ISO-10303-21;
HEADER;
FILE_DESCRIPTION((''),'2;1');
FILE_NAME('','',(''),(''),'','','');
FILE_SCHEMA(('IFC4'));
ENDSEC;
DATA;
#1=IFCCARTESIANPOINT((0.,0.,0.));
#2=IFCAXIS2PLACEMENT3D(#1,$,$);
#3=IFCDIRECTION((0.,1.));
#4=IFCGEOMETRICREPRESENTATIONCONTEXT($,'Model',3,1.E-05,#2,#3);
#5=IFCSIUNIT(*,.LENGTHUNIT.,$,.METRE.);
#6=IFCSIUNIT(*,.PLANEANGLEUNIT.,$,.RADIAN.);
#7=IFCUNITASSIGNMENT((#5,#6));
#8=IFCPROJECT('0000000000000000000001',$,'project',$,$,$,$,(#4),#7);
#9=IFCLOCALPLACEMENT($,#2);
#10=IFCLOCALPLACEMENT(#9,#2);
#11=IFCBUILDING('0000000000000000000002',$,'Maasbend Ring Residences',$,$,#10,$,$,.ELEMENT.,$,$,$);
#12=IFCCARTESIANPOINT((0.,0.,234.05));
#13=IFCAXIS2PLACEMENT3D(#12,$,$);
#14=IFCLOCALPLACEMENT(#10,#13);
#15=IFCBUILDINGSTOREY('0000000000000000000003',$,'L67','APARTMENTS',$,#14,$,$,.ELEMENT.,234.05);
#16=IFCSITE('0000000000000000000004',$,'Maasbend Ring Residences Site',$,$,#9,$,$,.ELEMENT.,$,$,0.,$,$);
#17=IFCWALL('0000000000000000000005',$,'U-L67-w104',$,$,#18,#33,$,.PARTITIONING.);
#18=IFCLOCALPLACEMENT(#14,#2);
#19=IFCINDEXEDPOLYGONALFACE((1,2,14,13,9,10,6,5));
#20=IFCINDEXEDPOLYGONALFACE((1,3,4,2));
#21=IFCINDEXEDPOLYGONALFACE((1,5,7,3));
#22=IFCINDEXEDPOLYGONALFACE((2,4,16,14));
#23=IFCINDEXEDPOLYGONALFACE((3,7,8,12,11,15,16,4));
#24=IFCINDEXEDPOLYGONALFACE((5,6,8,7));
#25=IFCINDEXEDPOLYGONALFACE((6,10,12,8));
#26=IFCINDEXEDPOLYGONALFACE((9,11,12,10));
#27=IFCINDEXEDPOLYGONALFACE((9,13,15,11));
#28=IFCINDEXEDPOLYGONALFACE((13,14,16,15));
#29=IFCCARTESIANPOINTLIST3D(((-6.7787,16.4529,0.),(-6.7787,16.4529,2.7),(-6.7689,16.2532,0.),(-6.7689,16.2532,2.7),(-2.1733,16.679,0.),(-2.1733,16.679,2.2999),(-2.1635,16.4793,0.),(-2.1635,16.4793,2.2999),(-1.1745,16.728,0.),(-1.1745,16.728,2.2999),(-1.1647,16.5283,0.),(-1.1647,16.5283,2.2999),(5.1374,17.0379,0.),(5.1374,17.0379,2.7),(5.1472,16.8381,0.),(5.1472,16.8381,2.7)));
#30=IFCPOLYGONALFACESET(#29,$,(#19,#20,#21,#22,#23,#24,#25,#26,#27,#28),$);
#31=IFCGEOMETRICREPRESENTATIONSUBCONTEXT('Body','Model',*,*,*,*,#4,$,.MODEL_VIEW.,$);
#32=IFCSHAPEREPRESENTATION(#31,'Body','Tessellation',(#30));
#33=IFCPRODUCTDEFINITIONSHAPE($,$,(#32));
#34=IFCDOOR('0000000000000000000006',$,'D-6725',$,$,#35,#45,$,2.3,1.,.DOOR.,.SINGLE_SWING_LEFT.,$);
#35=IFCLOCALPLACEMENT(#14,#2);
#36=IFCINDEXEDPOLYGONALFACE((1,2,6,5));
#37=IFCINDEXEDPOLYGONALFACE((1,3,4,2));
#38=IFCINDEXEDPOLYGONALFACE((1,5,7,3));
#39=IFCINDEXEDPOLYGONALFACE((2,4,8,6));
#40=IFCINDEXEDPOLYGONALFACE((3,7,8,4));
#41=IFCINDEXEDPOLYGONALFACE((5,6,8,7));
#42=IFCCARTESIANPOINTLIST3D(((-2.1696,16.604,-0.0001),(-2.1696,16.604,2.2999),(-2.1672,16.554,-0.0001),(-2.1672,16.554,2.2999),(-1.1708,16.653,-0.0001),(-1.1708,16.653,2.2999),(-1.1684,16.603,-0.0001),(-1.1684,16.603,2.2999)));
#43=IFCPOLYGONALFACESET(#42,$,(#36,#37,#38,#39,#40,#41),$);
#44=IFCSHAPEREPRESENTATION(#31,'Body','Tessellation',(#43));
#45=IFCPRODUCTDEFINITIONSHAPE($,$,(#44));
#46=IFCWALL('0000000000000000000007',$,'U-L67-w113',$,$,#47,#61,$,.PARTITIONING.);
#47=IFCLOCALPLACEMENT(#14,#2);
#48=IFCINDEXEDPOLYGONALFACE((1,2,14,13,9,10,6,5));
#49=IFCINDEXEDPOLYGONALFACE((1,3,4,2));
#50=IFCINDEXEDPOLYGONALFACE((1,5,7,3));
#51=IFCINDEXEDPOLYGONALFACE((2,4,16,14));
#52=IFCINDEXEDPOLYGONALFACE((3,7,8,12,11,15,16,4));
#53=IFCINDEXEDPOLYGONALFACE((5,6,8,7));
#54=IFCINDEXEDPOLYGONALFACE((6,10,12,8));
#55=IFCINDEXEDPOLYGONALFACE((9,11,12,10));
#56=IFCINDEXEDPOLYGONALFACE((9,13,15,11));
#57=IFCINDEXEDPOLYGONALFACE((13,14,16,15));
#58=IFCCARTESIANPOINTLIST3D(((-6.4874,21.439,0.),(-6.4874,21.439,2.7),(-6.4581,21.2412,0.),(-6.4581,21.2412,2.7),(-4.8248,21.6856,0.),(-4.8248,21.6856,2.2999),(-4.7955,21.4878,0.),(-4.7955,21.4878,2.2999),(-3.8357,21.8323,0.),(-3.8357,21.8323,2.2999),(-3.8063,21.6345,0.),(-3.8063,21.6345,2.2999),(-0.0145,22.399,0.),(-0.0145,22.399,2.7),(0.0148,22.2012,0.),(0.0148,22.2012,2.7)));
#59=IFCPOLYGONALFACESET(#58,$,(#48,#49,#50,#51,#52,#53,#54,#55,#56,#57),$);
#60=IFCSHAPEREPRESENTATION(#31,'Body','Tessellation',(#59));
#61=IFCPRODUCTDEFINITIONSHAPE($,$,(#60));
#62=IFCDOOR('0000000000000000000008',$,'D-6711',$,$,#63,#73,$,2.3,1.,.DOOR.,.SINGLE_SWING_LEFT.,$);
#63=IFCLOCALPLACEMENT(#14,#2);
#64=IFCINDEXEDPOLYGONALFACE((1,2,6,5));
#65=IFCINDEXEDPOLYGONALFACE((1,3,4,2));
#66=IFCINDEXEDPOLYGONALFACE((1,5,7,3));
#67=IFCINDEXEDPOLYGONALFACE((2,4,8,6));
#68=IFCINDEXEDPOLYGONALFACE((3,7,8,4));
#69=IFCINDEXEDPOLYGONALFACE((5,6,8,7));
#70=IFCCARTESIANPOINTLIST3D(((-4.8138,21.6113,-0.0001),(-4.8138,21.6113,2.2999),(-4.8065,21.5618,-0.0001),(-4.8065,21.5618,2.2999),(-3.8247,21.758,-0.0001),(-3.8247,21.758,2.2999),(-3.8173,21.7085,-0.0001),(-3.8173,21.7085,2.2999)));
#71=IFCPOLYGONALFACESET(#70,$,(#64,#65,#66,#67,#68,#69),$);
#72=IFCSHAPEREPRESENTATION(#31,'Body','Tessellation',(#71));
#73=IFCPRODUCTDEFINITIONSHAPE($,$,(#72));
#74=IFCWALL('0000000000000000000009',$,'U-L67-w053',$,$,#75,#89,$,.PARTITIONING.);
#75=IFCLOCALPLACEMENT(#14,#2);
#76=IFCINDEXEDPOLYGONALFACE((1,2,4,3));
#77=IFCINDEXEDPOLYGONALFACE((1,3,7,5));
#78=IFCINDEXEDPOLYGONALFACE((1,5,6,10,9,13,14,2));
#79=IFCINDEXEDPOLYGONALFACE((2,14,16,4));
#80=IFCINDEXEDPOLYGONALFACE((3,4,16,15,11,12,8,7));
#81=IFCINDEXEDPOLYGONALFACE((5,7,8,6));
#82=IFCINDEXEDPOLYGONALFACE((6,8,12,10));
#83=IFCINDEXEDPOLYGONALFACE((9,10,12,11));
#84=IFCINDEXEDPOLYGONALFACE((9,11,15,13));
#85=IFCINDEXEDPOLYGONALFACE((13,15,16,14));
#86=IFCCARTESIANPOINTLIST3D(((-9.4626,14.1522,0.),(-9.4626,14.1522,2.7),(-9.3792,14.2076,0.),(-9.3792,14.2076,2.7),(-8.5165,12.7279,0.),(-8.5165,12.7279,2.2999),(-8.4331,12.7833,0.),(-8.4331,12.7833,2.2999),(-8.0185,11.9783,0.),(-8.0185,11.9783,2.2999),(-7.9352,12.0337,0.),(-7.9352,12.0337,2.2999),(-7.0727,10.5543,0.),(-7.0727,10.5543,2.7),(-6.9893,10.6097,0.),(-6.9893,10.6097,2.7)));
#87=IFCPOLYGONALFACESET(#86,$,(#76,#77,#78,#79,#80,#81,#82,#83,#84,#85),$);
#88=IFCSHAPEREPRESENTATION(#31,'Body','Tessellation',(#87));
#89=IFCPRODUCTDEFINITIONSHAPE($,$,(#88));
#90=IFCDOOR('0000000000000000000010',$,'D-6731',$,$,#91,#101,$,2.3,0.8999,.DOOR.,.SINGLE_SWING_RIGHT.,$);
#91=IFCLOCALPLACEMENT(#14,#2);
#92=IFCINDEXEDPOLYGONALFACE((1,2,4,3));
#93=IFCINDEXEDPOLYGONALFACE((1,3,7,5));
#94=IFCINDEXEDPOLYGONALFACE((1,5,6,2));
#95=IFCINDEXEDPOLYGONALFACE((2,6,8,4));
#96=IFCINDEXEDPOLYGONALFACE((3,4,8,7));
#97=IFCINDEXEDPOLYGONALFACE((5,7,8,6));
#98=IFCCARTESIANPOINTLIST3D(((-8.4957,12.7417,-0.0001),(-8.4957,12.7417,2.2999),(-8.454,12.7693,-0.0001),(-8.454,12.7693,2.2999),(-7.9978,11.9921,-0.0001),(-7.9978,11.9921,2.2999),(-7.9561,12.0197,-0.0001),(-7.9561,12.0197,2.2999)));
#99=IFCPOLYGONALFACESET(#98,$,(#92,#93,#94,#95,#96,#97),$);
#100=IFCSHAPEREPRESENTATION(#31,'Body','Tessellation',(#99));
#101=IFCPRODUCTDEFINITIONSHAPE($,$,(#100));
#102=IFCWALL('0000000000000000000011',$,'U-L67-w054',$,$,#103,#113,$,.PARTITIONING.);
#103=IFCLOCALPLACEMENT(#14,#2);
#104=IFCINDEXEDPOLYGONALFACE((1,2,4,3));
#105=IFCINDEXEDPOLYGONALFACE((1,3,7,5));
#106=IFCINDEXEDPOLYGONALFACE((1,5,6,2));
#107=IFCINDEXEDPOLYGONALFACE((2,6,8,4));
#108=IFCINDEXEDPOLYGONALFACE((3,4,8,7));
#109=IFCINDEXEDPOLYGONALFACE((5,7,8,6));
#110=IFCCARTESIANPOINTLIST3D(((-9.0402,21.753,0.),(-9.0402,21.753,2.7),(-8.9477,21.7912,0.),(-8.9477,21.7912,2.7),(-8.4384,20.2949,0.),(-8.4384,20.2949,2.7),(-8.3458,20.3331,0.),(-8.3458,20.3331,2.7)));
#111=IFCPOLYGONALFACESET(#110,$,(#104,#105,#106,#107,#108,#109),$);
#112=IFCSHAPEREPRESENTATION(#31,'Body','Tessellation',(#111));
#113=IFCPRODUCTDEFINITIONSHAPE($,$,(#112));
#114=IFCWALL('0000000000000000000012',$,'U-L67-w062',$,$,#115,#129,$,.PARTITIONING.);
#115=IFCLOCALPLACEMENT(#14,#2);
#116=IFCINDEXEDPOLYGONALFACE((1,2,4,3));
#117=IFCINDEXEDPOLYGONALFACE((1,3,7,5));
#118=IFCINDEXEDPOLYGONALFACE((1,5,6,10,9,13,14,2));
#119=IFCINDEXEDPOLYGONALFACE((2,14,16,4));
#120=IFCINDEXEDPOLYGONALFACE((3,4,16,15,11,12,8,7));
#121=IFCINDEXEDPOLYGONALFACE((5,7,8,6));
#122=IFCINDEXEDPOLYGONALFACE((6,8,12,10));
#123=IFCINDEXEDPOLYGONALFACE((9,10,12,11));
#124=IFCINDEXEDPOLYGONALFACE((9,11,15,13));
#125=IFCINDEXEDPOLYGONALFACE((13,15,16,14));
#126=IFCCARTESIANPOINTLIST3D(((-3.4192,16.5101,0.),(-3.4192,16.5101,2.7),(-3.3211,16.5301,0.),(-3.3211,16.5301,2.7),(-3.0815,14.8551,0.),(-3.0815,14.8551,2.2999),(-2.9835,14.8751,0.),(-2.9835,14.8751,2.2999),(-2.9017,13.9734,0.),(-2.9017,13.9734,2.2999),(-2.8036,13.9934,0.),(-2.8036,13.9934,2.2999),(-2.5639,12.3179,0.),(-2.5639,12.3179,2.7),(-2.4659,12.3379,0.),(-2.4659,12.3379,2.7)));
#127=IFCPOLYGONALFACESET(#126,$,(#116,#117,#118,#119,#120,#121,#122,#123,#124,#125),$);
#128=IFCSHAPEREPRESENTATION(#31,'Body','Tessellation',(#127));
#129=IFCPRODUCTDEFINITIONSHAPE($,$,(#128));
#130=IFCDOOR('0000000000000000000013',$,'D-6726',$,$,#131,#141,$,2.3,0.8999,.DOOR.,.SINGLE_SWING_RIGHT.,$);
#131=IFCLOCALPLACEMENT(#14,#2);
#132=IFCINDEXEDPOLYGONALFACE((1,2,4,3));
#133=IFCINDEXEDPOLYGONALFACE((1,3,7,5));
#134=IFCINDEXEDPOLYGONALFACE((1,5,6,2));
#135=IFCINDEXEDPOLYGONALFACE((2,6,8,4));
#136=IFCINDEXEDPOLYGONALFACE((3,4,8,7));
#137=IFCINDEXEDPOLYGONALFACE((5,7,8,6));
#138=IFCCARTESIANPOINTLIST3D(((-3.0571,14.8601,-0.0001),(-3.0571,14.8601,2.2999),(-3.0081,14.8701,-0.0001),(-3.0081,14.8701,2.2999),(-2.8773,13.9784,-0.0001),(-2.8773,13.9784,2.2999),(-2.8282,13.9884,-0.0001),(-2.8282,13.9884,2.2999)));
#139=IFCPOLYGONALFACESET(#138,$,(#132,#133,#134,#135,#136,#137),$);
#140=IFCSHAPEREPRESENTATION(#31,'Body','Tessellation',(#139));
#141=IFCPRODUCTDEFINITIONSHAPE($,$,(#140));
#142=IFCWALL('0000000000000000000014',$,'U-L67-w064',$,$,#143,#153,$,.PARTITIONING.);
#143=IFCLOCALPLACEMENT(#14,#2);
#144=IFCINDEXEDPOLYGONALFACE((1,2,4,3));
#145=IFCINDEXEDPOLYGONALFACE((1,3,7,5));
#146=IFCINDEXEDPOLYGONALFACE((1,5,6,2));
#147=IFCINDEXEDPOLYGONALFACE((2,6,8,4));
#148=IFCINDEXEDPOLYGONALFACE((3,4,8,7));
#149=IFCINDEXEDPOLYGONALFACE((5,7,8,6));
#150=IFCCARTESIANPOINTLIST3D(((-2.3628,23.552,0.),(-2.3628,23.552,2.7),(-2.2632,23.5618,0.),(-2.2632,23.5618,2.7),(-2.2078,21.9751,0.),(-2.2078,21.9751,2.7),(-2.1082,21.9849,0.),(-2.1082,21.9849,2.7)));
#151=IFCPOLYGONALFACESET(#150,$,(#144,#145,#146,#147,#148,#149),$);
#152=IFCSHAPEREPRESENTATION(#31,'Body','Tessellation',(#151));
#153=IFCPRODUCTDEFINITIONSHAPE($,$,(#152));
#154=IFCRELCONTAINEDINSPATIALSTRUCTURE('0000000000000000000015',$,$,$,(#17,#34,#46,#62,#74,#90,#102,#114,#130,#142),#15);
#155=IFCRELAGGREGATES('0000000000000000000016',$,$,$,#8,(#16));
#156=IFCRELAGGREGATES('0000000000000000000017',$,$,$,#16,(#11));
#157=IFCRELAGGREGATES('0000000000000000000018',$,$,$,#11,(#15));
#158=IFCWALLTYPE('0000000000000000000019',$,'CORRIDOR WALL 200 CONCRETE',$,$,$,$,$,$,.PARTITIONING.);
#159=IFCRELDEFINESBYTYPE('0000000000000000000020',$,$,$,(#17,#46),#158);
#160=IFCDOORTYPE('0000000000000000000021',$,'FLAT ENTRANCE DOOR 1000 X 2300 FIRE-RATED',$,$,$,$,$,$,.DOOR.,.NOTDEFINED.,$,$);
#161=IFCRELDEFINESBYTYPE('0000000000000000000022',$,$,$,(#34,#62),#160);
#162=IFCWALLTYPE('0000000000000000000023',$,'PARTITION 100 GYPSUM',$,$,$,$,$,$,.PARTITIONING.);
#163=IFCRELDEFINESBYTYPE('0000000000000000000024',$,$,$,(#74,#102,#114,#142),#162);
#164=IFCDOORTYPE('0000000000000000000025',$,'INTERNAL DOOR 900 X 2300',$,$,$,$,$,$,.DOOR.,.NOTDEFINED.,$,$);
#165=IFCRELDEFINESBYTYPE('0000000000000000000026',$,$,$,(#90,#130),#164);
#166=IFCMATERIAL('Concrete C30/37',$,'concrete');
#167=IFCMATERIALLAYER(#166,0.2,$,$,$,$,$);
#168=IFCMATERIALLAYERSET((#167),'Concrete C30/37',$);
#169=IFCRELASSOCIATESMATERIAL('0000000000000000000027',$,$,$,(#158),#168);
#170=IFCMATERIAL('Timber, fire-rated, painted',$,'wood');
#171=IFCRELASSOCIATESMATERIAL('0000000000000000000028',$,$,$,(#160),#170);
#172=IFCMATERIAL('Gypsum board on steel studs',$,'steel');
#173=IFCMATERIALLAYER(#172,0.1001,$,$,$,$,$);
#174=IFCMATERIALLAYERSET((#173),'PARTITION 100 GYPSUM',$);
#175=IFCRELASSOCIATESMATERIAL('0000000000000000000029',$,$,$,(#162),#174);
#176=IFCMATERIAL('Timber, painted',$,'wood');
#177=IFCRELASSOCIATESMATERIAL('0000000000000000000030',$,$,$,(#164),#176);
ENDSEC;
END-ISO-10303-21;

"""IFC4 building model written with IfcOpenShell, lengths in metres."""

from ifc_helpers import new_model, si_unit, direction, frame, frame_2d, origin, place, context, subcontext, project, spatial, rectangle, extrude, material, layer, layer_set, type_object, element, fill, save


model = new_model("IFC4")

# Units and contexts
model_context = context("Model", 3, precision=1e-05, world=origin(), true_north=direction((0.0, 1.0)))
body_context = subcontext(model_context, "Body", "Model", "MODEL_VIEW")
ifc_project = project(units=[si_unit("LENGTHUNIT", "METRE"), si_unit("PLANEANGLEUNIT", "RADIAN")], contexts=[model_context])

# Site, building, storey
site_placement = place(None, origin())
site = spatial("IfcSite", under=ifc_project, at=site_placement, Name="Maasbend Ring Residences Site", CompositionType="ELEMENT", RefElevation=0.0)
building_placement = place(site_placement, origin())
building = spatial("IfcBuilding", under=site, at=building_placement, Name="Maasbend Ring Residences", CompositionType="ELEMENT")
storey_placement = place(building_placement, frame((0.0, 0.0, 234.05)))
storey = spatial("IfcBuildingStorey", under=building, at=storey_placement, Name="L67", Description="APARTMENTS", CompositionType="ELEMENT", Elevation=234.05)

# Walls, openings, doors
ifc_material_1 = material(Name="Concrete C30/37", Category="concrete")
ifc_layer_1 = layer(ifc_material_1, 0.2)
ifc_layer_set_1 = layer_set([ifc_layer_1], Name="Concrete C30/37")
wall_type_1 = type_object("IfcWallType", Name="CORRIDOR WALL 200 CONCRETE", PredefinedType="PARTITIONING", material=ifc_layer_set_1)
wall_1_placement = place(storey_placement, frame((-6.7739, 16.353, 0.0), z_axis=(0.0, 0.0, 1.0), x_axis=(0.998797, 0.049031, 0.0)))
wall_1 = element("IfcWall", 1, at=wall_1_placement, inside=storey, type_object=wall_type_1, Name="U-L67-w104", PredefinedType="PARTITIONING", context=body_context, shape_type="SweptSolid", body=[
    extrude(rectangle(XDim=11.9304, YDim=0.2, at=frame_2d((5.9653, 0.0))), origin(), (0.0, 0.0, 1.0), 2.7),
])
opening_1_placement = place(wall_1_placement, frame((4.6111, 0.0, 0.0)))
opening_1 = element("IfcOpeningElement", 2, at=opening_1_placement, cuts=wall_1, PredefinedType="OPENING", context=body_context, shape_type="SweptSolid", body=[
    extrude(rectangle(XDim=1.0, YDim=2.3, at=frame_2d((0.5, 1.1499))), frame((0.0, 0.1099, 0.0), z_axis=(0.0, -1.0, 0.0), x_axis=(1.0, 0.0, 0.0)), (0.0, 0.0, 1.0), 0.22),
])
ifc_material_2 = material(Name="Timber, fire-rated, painted", Category="wood")
door_type_1 = type_object("IfcDoorType", Name="FLAT ENTRANCE DOOR 1000 X 2300 FIRE-RATED", OperationType="NOTDEFINED", PredefinedType="DOOR", material=ifc_material_2)
door_1_placement = place(opening_1_placement, origin())
door_1 = element("IfcDoor", 3, at=door_1_placement, inside=storey, type_object=door_type_1, Name="D-6725", OperationType="SINGLE_SWING_LEFT", OverallHeight=2.3, OverallWidth=1.0, PredefinedType="DOOR", context=body_context, shape_type="SweptSolid", body=[
    extrude(rectangle(XDim=1.0, YDim=2.3, at=frame_2d((0.5, 1.1499))), frame((0.0, 0.0249, 0.0), z_axis=(0.0, -1.0, 0.0), x_axis=(1.0, 0.0, 0.0)), (0.0, 0.0, 1.0), 0.05),
])
fill(opening_1, door_1)
wall_2_placement = place(storey_placement, frame((-6.4729, 21.3401, 0.0), z_axis=(0.0, 0.0, 1.0), x_axis=(0.989181, 0.1467, 0.0)))
wall_2 = element("IfcWall", 4, at=wall_2_placement, inside=storey, type_object=wall_type_1, Name="U-L67-w113", PredefinedType="PARTITIONING", context=body_context, shape_type="SweptSolid", body=[
    extrude(rectangle(XDim=6.5437, YDim=0.2, at=frame_2d((3.272, 0.0))), origin(), (0.0, 0.0, 1.0), 2.7),
])
opening_2_placement = place(wall_2_placement, frame((1.6809, 0.0, 0.0)))
opening_2 = element("IfcOpeningElement", 5, at=opening_2_placement, cuts=wall_2, PredefinedType="OPENING", context=body_context, shape_type="SweptSolid", body=[
    extrude(rectangle(XDim=1.0, YDim=2.3, at=frame_2d((0.5, 1.1499))), frame((0.0, 0.1099, 0.0), z_axis=(0.0, -1.0, 0.0), x_axis=(1.0, 0.0, 0.0)), (0.0, 0.0, 1.0), 0.22),
])
door_2_placement = place(opening_2_placement, origin())
door_2 = element("IfcDoor", 6, at=door_2_placement, inside=storey, type_object=door_type_1, Name="D-6711", OperationType="SINGLE_SWING_LEFT", OverallHeight=2.3, OverallWidth=1.0, PredefinedType="DOOR", context=body_context, shape_type="SweptSolid", body=[
    extrude(rectangle(XDim=1.0, YDim=2.3, at=frame_2d((0.5, 1.1499))), frame((0.0, 0.0249, 0.0), z_axis=(0.0, -1.0, 0.0), x_axis=(1.0, 0.0, 0.0)), (0.0, 0.0, 1.0), 0.05),
])
fill(opening_2, door_2)
ifc_material_3 = material(Name="Gypsum board on steel studs", Category="steel")
ifc_layer_2 = layer(ifc_material_3, 0.1001)
ifc_layer_set_2 = layer_set([ifc_layer_2], Name="PARTITION 100 GYPSUM")
wall_type_2 = type_object("IfcWallType", Name="PARTITION 100 GYPSUM", PredefinedType="PARTITIONING", material=ifc_layer_set_2)
wall_3_placement = place(storey_placement, frame((-9.4209, 14.1799, 0.0), z_axis=(0.0, 0.0, 1.0), x_axis=(0.553304, -0.83298, 0.0)))
wall_3 = element("IfcWall", 7, at=wall_3_placement, inside=storey, type_object=wall_type_2, Name="U-L67-w053", PredefinedType="PARTITIONING", context=body_context, shape_type="SweptSolid", body=[
    extrude(rectangle(XDim=4.3193, YDim=0.1001, at=frame_2d((2.1597, 0.0))), origin(), (0.0, 0.0, 1.0), 2.7),
])
opening_3_placement = place(wall_3_placement, frame((1.71, 0.0, 0.0)))
opening_3 = element("IfcOpeningElement", 8, at=opening_3_placement, cuts=wall_3, PredefinedType="OPENING", context=body_context, shape_type="SweptSolid", body=[
    extrude(rectangle(XDim=0.8999, YDim=2.3, at=frame_2d((0.45, 1.1499))), frame((0.0, 0.0601, 0.0), z_axis=(0.0, -1.0, 0.0), x_axis=(1.0, 0.0, 0.0)), (0.0, 0.0, 1.0), 0.1201),
])
ifc_material_4 = material(Name="Timber, painted", Category="wood")
door_type_2 = type_object("IfcDoorType", Name="INTERNAL DOOR 900 X 2300", OperationType="NOTDEFINED", PredefinedType="DOOR", material=ifc_material_4)
door_3_placement = place(opening_3_placement, origin())
door_3 = element("IfcDoor", 9, at=door_3_placement, inside=storey, type_object=door_type_2, Name="D-6731", OperationType="SINGLE_SWING_RIGHT", OverallHeight=2.3, OverallWidth=0.8999, PredefinedType="DOOR", context=body_context, shape_type="SweptSolid", body=[
    extrude(rectangle(XDim=0.8999, YDim=2.3, at=frame_2d((0.45, 1.1499))), frame((0.0, 0.0249, 0.0), z_axis=(0.0, -1.0, 0.0), x_axis=(1.0, 0.0, 0.0)), (0.0, 0.0, 1.0), 0.05),
])
fill(opening_3, door_3)

# Wall
wall_4_placement = place(storey_placement, frame((-8.9939, 21.772, 0.0), z_axis=(0.0, 0.0, 1.0), x_axis=(0.381536, -0.924354, 0.0)))
element("IfcWall", 10, at=wall_4_placement, inside=storey, type_object=wall_type_2, Name="U-L67-w054", PredefinedType="PARTITIONING", context=body_context, shape_type="SweptSolid", body=[
    extrude(rectangle(XDim=1.5774, YDim=0.1001, at=frame_2d((0.7886, 0.0))), origin(), (0.0, 0.0, 1.0), 2.7),
])

# Wall, opening, door
wall_5_placement = place(storey_placement, frame((-3.3701, 16.52, 0.0), z_axis=(0.0, 0.0, 1.0), x_axis=(0.19989, -0.979818, 0.0)))
wall_5 = element("IfcWall", 11, at=wall_5_placement, inside=storey, type_object=wall_type_2, Name="U-L67-w062", PredefinedType="PARTITIONING", context=body_context, shape_type="SweptSolid", body=[
    extrude(rectangle(XDim=4.2786, YDim=0.1001, at=frame_2d((2.1392, 0.0))), origin(), (0.0, 0.0, 1.0), 2.7),
])
opening_4_placement = place(wall_5_placement, frame((1.689, 0.0, 0.0)))
opening_4 = element("IfcOpeningElement", 12, at=opening_4_placement, cuts=wall_5, PredefinedType="OPENING", context=body_context, shape_type="SweptSolid", body=[
    extrude(rectangle(XDim=0.8999, YDim=2.3, at=frame_2d((0.45, 1.1499))), frame((0.0, 0.0601, 0.0), z_axis=(0.0, -1.0, 0.0), x_axis=(1.0, 0.0, 0.0)), (0.0, 0.0, 1.0), 0.1201),
])
door_4_placement = place(opening_4_placement, origin())
door_4 = element("IfcDoor", 13, at=door_4_placement, inside=storey, type_object=door_type_2, Name="D-6726", OperationType="SINGLE_SWING_RIGHT", OverallHeight=2.3, OverallWidth=0.8999, PredefinedType="DOOR", context=body_context, shape_type="SweptSolid", body=[
    extrude(rectangle(XDim=0.8999, YDim=2.3, at=frame_2d((0.45, 1.1499))), frame((0.0, 0.0249, 0.0), z_axis=(0.0, -1.0, 0.0), x_axis=(1.0, 0.0, 0.0)), (0.0, 0.0, 1.0), 0.05),
])
fill(opening_4, door_4)

# Wall
wall_6_placement = place(storey_placement, frame((-2.313, 23.5569, 0.0), z_axis=(0.0, 0.0, 1.0), x_axis=(0.097841, -0.995202, 0.0)))
element("IfcWall", 14, at=wall_6_placement, inside=storey, type_object=wall_type_2, Name="U-L67-w064", PredefinedType="PARTITIONING", context=body_context, shape_type="SweptSolid", body=[
    extrude(rectangle(XDim=1.5845, YDim=0.1001, at=frame_2d((0.7922, 0.0))), origin(), (0.0, 0.0, 1.0), 2.7),
])

save(model, "model.ifc")
